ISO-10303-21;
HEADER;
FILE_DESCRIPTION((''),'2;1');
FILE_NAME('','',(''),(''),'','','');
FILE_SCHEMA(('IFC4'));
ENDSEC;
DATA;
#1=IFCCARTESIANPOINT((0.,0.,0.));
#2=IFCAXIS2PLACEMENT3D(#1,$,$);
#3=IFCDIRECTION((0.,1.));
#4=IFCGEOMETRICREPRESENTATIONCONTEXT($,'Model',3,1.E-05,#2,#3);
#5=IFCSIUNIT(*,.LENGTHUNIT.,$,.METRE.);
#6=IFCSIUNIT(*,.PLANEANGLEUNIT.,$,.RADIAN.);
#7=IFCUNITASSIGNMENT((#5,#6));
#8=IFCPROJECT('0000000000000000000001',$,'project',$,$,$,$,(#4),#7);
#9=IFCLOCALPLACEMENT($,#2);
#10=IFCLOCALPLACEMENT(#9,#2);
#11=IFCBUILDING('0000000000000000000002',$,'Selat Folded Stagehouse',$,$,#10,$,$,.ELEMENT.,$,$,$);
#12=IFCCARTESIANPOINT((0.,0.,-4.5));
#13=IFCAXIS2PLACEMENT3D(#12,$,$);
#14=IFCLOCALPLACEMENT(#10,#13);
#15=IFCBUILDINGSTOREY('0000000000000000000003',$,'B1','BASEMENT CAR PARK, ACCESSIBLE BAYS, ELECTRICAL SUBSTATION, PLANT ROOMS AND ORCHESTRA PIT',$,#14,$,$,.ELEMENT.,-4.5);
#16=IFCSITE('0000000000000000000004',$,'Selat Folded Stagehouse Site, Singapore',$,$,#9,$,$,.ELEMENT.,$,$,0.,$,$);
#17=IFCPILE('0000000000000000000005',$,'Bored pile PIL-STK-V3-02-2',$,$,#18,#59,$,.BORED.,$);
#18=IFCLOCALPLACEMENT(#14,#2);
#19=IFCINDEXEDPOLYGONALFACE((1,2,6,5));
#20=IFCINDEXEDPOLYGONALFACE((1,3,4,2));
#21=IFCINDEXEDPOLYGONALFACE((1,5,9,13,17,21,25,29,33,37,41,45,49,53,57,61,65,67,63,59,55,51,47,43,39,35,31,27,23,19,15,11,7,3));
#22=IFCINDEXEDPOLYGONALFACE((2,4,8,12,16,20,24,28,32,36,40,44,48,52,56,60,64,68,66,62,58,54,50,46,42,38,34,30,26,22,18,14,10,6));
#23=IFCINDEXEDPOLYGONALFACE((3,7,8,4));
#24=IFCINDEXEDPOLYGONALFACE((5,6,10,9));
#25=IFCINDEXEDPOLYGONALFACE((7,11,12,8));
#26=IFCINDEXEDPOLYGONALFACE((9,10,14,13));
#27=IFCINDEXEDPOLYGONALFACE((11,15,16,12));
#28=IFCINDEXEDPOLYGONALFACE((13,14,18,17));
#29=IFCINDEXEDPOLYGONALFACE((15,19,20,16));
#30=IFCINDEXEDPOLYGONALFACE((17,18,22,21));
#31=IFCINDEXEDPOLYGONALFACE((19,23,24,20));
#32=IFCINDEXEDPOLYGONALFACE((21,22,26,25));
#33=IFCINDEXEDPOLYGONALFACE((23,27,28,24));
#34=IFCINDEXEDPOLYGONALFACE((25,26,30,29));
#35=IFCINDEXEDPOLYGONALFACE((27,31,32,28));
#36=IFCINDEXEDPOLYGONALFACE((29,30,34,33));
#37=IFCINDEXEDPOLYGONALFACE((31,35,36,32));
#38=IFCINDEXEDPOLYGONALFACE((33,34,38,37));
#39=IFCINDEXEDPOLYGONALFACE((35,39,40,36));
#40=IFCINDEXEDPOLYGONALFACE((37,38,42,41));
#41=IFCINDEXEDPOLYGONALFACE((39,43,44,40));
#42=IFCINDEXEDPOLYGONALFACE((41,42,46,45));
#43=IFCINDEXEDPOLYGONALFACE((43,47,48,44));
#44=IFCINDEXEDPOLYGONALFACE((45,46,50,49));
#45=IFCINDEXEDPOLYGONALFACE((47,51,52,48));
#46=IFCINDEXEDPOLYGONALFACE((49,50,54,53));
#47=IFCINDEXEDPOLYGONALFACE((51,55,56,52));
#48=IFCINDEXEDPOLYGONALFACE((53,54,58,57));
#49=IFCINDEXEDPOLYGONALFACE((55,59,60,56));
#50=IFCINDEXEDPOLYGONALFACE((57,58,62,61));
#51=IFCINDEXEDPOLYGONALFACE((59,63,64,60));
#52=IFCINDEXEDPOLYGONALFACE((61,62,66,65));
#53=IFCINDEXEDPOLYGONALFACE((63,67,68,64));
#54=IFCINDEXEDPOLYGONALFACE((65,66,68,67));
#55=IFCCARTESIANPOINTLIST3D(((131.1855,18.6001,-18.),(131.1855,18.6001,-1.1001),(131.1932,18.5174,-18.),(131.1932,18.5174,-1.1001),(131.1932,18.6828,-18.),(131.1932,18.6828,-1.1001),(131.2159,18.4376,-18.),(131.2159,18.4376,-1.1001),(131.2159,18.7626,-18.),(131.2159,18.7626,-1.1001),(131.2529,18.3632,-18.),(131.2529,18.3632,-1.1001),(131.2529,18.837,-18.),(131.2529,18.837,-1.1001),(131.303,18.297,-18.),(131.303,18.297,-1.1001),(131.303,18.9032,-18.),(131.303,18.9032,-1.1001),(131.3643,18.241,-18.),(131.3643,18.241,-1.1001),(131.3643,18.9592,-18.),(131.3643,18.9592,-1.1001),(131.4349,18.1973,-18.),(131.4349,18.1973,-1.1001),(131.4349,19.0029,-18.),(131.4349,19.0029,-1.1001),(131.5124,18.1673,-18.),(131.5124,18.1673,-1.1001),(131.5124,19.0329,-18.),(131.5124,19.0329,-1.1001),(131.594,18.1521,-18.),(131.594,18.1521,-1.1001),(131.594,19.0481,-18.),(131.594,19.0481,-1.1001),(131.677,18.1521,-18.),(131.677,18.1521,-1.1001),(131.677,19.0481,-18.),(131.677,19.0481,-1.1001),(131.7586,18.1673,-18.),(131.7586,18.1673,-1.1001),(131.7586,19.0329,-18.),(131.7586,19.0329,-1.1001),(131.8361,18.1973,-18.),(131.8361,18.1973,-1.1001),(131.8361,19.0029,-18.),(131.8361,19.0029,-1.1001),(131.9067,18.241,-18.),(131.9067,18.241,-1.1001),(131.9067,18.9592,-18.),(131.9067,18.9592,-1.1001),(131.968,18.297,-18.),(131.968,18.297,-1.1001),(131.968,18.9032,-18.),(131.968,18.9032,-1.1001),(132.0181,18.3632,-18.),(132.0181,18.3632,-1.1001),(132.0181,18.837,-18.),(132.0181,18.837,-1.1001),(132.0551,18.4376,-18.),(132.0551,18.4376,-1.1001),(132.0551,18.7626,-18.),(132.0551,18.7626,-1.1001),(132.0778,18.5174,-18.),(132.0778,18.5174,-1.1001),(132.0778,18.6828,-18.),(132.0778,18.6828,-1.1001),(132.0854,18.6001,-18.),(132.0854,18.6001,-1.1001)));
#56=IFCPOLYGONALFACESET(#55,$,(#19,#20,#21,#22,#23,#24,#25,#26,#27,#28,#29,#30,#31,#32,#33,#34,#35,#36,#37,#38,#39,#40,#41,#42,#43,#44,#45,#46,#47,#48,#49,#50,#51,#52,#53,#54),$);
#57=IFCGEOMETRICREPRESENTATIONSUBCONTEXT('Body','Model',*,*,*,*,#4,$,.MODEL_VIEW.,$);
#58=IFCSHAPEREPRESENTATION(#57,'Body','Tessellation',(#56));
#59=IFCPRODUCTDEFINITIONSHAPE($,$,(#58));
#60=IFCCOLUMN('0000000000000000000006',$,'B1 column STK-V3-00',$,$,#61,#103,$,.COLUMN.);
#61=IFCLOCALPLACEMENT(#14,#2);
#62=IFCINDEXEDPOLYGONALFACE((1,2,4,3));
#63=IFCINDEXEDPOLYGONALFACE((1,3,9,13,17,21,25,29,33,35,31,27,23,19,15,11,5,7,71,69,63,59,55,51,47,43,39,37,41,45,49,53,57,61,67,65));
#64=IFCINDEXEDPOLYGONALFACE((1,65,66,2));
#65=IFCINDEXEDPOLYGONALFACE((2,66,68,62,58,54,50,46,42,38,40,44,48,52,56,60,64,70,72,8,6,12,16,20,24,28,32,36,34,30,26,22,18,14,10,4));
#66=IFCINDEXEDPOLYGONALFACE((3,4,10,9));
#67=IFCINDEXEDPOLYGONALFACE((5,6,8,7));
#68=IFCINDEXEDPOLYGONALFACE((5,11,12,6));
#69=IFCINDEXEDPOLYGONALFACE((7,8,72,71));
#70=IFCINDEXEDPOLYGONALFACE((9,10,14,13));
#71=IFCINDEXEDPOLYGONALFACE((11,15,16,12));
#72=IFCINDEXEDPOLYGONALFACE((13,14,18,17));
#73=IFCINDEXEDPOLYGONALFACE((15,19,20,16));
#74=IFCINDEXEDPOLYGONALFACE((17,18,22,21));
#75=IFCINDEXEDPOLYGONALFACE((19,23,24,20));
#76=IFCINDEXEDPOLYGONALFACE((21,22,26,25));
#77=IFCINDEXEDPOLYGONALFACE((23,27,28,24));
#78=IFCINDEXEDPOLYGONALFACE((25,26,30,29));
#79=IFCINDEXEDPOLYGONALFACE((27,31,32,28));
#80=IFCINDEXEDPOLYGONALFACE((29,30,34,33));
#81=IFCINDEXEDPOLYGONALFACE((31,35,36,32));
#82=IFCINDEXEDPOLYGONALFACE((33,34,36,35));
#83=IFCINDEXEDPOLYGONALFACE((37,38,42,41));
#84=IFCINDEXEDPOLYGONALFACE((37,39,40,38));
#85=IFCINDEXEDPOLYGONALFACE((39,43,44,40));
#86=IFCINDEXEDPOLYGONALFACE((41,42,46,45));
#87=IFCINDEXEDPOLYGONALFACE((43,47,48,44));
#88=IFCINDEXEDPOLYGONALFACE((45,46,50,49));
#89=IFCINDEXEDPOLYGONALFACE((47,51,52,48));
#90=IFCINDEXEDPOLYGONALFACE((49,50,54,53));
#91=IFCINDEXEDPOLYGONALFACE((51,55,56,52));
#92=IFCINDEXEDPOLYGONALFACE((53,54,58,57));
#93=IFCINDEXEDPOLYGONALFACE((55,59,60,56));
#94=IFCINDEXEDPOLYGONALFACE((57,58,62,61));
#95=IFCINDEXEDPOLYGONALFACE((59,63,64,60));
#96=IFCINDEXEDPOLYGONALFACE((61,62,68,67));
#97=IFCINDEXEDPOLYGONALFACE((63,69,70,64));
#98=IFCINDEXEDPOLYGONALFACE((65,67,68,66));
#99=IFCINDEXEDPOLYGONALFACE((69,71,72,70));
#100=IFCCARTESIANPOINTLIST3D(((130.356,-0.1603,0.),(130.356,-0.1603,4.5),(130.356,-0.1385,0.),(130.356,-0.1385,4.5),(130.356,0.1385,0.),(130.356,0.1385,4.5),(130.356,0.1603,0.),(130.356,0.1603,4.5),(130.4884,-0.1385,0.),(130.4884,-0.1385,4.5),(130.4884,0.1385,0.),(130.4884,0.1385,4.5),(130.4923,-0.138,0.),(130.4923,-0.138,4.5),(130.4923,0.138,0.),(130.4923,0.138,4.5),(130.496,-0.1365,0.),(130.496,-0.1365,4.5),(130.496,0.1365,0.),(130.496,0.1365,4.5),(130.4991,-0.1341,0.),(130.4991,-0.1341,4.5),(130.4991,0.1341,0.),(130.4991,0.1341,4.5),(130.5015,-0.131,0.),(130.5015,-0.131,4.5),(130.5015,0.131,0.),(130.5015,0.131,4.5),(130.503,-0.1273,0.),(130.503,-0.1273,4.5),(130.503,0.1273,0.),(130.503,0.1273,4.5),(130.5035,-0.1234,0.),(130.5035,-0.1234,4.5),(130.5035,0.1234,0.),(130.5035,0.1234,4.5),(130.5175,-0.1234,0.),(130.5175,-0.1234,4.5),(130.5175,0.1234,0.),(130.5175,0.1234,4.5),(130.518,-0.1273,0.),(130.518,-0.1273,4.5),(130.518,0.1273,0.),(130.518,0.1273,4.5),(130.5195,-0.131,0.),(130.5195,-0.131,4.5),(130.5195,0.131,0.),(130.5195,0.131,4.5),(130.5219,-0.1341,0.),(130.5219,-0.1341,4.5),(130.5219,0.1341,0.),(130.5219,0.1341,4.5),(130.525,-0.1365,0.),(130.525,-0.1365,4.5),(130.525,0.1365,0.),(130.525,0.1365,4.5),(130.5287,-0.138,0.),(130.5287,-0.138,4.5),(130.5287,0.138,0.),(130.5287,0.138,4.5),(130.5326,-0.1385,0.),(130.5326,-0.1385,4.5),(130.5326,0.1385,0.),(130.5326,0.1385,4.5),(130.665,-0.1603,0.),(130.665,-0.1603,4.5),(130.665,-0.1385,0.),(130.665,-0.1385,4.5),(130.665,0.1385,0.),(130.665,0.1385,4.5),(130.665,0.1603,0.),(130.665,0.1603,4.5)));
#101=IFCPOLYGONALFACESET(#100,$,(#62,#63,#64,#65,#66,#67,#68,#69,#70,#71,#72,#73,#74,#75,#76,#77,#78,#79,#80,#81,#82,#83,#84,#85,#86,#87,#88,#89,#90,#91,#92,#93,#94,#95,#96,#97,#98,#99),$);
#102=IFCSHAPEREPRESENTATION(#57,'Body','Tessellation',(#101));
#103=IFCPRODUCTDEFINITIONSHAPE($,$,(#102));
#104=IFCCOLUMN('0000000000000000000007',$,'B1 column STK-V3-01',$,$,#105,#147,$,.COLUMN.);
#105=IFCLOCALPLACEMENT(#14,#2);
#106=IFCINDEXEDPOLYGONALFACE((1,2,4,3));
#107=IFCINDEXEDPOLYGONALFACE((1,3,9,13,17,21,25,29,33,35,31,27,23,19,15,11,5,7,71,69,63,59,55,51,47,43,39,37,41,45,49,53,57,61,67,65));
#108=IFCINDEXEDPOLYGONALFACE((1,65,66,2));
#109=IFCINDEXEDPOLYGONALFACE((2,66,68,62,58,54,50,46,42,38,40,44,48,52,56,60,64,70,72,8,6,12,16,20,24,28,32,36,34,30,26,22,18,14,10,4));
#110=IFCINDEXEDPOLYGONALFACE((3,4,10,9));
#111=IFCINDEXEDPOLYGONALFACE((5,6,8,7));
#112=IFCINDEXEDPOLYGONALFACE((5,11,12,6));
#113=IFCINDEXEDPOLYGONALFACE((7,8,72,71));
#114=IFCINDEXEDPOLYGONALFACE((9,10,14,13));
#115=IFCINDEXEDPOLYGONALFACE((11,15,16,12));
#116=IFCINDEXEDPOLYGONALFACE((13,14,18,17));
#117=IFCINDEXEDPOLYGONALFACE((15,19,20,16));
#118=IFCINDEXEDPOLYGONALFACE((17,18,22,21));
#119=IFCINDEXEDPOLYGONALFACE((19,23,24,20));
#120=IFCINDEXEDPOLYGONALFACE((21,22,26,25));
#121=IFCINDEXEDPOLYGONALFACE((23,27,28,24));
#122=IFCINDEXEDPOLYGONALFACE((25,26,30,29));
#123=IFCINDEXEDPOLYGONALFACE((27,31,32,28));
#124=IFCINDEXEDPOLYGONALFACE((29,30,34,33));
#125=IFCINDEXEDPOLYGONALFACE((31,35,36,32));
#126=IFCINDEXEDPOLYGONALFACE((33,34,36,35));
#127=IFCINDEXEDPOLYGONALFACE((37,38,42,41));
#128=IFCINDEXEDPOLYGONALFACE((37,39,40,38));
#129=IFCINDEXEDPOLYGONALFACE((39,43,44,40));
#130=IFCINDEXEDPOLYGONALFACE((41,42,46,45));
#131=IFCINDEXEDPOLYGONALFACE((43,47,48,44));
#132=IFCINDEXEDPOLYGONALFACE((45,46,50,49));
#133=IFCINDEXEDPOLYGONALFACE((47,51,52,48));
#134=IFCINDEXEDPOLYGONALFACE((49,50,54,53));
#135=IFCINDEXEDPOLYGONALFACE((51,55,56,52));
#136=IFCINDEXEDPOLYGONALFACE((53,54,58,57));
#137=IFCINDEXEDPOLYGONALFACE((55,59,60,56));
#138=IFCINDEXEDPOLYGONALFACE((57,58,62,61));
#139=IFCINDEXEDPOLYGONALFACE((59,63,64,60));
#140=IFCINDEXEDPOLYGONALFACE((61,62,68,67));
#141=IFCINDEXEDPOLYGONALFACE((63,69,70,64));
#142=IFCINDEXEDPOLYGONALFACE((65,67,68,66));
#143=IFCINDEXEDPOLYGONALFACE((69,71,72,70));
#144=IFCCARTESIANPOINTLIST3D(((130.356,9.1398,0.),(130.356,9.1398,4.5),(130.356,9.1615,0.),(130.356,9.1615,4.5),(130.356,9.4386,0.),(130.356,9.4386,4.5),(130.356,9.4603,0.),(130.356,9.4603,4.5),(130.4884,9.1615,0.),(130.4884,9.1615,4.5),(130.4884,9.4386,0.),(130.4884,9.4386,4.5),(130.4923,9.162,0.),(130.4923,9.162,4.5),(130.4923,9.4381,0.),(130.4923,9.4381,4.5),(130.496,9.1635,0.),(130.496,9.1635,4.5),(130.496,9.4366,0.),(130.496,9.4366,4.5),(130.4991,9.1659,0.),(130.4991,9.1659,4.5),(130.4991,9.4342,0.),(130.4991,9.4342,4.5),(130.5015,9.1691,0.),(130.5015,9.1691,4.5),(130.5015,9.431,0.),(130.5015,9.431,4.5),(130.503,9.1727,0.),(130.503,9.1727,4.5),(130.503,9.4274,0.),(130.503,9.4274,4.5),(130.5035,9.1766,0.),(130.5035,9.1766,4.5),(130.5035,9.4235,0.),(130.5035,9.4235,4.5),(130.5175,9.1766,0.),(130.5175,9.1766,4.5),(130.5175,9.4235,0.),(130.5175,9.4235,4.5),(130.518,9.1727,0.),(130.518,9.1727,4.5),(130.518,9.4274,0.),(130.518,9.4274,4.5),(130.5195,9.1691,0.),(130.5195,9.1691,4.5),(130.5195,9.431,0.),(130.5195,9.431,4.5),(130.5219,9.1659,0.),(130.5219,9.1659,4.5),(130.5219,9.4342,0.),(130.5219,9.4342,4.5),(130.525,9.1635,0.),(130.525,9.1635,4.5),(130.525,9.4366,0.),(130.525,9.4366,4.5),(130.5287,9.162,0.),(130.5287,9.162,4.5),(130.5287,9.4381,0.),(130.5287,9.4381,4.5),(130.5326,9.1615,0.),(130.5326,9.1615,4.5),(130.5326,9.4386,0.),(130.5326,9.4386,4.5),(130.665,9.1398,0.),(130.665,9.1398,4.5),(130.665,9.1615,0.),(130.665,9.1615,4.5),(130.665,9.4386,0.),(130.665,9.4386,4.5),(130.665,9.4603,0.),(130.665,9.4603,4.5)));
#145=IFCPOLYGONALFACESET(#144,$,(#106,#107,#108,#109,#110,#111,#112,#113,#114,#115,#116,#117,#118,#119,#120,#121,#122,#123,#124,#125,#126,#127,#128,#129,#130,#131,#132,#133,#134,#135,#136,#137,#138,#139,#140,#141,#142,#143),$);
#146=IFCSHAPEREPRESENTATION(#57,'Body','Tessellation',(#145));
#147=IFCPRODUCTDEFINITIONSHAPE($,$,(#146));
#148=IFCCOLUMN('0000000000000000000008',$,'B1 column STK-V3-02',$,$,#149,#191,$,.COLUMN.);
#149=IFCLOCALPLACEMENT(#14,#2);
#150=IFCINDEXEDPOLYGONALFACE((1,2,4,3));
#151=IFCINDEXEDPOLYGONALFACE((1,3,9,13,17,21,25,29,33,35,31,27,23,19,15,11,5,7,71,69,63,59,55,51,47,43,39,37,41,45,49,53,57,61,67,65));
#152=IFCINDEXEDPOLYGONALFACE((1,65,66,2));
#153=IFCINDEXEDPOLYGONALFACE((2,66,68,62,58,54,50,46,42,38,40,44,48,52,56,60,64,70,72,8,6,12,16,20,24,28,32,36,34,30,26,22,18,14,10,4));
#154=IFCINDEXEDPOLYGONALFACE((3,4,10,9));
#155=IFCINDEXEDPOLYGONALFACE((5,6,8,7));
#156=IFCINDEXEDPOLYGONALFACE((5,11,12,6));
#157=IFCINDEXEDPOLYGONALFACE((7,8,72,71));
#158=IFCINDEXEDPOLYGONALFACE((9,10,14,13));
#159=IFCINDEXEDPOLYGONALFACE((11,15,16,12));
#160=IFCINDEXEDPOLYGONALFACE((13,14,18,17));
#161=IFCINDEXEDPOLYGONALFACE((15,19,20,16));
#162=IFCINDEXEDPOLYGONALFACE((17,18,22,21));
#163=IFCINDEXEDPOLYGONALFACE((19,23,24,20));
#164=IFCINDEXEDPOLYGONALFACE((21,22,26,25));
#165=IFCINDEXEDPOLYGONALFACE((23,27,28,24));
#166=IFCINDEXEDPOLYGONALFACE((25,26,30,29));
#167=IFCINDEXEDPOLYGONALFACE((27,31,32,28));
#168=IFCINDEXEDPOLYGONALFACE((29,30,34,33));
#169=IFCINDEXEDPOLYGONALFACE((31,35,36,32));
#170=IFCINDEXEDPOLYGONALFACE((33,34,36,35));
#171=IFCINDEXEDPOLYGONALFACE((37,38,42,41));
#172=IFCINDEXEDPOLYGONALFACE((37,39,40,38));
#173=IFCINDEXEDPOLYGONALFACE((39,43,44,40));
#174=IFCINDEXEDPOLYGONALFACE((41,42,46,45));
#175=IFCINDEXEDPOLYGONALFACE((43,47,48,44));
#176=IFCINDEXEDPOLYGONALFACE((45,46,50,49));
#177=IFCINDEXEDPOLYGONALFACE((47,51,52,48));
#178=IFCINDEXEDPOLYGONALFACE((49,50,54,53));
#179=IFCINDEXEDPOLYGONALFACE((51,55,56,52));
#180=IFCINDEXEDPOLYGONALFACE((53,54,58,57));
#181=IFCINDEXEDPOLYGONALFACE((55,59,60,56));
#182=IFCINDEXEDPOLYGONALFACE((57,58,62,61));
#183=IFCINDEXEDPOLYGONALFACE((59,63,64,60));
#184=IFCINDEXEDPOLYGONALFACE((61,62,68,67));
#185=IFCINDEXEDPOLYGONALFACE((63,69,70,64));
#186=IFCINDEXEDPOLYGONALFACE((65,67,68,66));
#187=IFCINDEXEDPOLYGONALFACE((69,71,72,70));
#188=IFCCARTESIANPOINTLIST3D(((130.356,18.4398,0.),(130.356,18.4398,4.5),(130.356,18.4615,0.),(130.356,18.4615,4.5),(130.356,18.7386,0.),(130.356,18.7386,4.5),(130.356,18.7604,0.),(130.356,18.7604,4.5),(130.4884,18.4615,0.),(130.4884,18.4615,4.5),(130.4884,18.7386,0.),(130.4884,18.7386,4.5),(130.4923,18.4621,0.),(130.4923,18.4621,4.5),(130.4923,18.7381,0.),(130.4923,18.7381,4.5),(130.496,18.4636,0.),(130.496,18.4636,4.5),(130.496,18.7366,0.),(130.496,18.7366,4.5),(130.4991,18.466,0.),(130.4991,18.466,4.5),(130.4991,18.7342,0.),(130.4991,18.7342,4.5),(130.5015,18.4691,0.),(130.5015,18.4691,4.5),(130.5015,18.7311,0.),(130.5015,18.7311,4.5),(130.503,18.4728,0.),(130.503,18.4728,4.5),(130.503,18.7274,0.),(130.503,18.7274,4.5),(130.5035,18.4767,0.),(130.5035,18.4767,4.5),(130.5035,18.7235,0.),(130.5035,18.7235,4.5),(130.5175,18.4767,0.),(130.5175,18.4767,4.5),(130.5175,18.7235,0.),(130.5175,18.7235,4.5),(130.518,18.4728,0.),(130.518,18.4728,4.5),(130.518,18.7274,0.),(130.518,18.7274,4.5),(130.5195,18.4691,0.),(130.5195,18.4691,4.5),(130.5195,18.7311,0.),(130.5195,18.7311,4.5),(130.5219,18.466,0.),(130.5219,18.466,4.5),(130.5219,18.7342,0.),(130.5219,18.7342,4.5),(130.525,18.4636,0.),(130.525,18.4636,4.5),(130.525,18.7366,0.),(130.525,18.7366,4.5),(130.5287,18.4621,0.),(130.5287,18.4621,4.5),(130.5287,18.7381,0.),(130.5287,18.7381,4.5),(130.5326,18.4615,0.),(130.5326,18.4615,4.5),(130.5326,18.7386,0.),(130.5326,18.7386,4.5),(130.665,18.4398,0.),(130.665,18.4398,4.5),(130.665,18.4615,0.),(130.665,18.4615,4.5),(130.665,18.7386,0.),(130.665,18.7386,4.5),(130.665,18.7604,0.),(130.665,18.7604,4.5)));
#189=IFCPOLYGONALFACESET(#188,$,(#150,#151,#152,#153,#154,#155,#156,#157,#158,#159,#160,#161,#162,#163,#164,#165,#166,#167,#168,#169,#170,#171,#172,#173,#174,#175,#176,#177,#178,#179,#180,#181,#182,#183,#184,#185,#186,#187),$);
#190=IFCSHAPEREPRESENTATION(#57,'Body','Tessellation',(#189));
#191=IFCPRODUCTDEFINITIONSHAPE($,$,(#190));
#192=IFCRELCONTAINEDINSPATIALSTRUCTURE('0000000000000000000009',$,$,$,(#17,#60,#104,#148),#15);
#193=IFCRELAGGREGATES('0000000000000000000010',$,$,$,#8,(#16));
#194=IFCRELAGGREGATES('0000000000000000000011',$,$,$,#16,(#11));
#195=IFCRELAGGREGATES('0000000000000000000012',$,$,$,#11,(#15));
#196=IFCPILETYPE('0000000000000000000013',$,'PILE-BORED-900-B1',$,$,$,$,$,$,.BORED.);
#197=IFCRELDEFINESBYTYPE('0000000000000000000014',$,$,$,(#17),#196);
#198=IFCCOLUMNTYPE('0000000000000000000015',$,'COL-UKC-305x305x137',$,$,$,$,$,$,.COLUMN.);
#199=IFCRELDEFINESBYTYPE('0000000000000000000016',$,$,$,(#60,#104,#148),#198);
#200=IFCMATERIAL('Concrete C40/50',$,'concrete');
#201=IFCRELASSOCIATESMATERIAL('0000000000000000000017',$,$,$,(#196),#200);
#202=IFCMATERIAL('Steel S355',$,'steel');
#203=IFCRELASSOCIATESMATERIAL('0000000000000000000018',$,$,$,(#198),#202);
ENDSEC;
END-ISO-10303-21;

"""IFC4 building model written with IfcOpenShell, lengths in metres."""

from ifc_helpers import new_model, si_unit, direction, frame, origin, origin_2d, place, context, subcontext, project, spatial, circle, i_section, extrude, material, material_profile, profile_set, type_object, element, save


model = new_model("IFC4")

# Units and contexts
model_context = context("Model", 3, precision=1e-05, world=origin(), true_north=direction((0.0, 1.0)))
body_context = subcontext(model_context, "Body", "Model", "MODEL_VIEW")
ifc_project = project(units=[si_unit("LENGTHUNIT", "METRE"), si_unit("PLANEANGLEUNIT", "RADIAN")], contexts=[model_context])

# Site, building, storey
site_placement = place(None, origin())
site = spatial("IfcSite", under=ifc_project, at=site_placement, Name="Selat Folded Stagehouse Site, Singapore", CompositionType="ELEMENT", RefElevation=0.0)
building_placement = place(site_placement, origin())
building = spatial("IfcBuilding", under=site, at=building_placement, Name="Selat Folded Stagehouse", CompositionType="ELEMENT")
storey_placement = place(building_placement, frame((0.0, 0.0, -4.5)))
storey = spatial("IfcBuildingStorey", under=building, at=storey_placement, Name="B1", Description="BASEMENT CAR PARK, ACCESSIBLE BAYS, ELECTRICAL SUBSTATION, PLANT ROOMS AND ORCHESTRA PIT", CompositionType="ELEMENT", Elevation=-4.5)

# Shared definitions
ifc_material_1 = material(Name="Concrete C40/50", Category="concrete")

# Pile
ifc_material_profile_1 = material_profile(ifc_material_1, circle(Radius=0.45, at=origin_2d()), Name="PILE D900")
ifc_profile_set_1 = profile_set([ifc_material_profile_1], Name="Concrete C40/50")
pile_type = type_object("IfcPileType", Name="PILE-BORED-900-B1", PredefinedType="BORED", material=ifc_profile_set_1)
for number, where, z_axis, x_axis, name in (
    (1, (131.6355, 18.6001, -1.1001), (0.0, 0.0, -1.0), (1.0, 0.0, 0.0), "Bored pile PIL-STK-V3-02-2"),
):
    element("IfcPile", number, at=place(storey_placement, frame(where, z_axis=z_axis, x_axis=x_axis)), inside=storey, type_object=pile_type, Name=name, PredefinedType="BORED", context=body_context, shape_type="SweptSolid", body=[
        extrude(circle(Radius=0.45, at=origin_2d()), origin(), (0.0, 0.0, 1.0), 16.8999),
    ])

# Columns
ifc_material_2 = material(Name="Steel S355", Category="steel")
ifc_material_profile_2 = material_profile(ifc_material_2, i_section(OverallWidth=0.3091, OverallDepth=0.3206, WebThickness=0.0139, FlangeThickness=0.0217, FilletRadius=0.0151, at=origin_2d()), Name="UKC 305x305x137")
ifc_profile_set_2 = profile_set([ifc_material_profile_2], Name="Steel S355")
column_type_1 = type_object("IfcColumnType", Name="COL-UKC-305x305x137", PredefinedType="COLUMN", material=ifc_profile_set_2)
for number, where, z_axis, x_axis, name in (
    (2, (130.5105, 0.0, 0.0), (0.0, 0.0, 1.0), (1.0, 0.0, 0.0), "B1 column STK-V3-00"),
    (3, (130.5105, 9.3, 0.0), (0.0, 0.0, 1.0), (1.0, 0.0, 0.0), "B1 column STK-V3-01"),
    (4, (130.5105, 18.6001, 0.0), (0.0, 0.0, 1.0), (1.0, 0.0, 0.0), "B1 column STK-V3-02"),
):
    element("IfcColumn", number, at=place(storey_placement, frame(where, z_axis=z_axis, x_axis=x_axis)), inside=storey, type_object=column_type_1, Name=name, PredefinedType="COLUMN", context=body_context, shape_type="SweptSolid", body=[
        extrude(i_section(OverallWidth=0.3091, OverallDepth=0.3206, WebThickness=0.0139, FlangeThickness=0.0217, FilletRadius=0.0151, at=origin_2d()), origin(), (0.0, 0.0, 1.0), 4.5),
    ])

save(model, "model.ifc")
